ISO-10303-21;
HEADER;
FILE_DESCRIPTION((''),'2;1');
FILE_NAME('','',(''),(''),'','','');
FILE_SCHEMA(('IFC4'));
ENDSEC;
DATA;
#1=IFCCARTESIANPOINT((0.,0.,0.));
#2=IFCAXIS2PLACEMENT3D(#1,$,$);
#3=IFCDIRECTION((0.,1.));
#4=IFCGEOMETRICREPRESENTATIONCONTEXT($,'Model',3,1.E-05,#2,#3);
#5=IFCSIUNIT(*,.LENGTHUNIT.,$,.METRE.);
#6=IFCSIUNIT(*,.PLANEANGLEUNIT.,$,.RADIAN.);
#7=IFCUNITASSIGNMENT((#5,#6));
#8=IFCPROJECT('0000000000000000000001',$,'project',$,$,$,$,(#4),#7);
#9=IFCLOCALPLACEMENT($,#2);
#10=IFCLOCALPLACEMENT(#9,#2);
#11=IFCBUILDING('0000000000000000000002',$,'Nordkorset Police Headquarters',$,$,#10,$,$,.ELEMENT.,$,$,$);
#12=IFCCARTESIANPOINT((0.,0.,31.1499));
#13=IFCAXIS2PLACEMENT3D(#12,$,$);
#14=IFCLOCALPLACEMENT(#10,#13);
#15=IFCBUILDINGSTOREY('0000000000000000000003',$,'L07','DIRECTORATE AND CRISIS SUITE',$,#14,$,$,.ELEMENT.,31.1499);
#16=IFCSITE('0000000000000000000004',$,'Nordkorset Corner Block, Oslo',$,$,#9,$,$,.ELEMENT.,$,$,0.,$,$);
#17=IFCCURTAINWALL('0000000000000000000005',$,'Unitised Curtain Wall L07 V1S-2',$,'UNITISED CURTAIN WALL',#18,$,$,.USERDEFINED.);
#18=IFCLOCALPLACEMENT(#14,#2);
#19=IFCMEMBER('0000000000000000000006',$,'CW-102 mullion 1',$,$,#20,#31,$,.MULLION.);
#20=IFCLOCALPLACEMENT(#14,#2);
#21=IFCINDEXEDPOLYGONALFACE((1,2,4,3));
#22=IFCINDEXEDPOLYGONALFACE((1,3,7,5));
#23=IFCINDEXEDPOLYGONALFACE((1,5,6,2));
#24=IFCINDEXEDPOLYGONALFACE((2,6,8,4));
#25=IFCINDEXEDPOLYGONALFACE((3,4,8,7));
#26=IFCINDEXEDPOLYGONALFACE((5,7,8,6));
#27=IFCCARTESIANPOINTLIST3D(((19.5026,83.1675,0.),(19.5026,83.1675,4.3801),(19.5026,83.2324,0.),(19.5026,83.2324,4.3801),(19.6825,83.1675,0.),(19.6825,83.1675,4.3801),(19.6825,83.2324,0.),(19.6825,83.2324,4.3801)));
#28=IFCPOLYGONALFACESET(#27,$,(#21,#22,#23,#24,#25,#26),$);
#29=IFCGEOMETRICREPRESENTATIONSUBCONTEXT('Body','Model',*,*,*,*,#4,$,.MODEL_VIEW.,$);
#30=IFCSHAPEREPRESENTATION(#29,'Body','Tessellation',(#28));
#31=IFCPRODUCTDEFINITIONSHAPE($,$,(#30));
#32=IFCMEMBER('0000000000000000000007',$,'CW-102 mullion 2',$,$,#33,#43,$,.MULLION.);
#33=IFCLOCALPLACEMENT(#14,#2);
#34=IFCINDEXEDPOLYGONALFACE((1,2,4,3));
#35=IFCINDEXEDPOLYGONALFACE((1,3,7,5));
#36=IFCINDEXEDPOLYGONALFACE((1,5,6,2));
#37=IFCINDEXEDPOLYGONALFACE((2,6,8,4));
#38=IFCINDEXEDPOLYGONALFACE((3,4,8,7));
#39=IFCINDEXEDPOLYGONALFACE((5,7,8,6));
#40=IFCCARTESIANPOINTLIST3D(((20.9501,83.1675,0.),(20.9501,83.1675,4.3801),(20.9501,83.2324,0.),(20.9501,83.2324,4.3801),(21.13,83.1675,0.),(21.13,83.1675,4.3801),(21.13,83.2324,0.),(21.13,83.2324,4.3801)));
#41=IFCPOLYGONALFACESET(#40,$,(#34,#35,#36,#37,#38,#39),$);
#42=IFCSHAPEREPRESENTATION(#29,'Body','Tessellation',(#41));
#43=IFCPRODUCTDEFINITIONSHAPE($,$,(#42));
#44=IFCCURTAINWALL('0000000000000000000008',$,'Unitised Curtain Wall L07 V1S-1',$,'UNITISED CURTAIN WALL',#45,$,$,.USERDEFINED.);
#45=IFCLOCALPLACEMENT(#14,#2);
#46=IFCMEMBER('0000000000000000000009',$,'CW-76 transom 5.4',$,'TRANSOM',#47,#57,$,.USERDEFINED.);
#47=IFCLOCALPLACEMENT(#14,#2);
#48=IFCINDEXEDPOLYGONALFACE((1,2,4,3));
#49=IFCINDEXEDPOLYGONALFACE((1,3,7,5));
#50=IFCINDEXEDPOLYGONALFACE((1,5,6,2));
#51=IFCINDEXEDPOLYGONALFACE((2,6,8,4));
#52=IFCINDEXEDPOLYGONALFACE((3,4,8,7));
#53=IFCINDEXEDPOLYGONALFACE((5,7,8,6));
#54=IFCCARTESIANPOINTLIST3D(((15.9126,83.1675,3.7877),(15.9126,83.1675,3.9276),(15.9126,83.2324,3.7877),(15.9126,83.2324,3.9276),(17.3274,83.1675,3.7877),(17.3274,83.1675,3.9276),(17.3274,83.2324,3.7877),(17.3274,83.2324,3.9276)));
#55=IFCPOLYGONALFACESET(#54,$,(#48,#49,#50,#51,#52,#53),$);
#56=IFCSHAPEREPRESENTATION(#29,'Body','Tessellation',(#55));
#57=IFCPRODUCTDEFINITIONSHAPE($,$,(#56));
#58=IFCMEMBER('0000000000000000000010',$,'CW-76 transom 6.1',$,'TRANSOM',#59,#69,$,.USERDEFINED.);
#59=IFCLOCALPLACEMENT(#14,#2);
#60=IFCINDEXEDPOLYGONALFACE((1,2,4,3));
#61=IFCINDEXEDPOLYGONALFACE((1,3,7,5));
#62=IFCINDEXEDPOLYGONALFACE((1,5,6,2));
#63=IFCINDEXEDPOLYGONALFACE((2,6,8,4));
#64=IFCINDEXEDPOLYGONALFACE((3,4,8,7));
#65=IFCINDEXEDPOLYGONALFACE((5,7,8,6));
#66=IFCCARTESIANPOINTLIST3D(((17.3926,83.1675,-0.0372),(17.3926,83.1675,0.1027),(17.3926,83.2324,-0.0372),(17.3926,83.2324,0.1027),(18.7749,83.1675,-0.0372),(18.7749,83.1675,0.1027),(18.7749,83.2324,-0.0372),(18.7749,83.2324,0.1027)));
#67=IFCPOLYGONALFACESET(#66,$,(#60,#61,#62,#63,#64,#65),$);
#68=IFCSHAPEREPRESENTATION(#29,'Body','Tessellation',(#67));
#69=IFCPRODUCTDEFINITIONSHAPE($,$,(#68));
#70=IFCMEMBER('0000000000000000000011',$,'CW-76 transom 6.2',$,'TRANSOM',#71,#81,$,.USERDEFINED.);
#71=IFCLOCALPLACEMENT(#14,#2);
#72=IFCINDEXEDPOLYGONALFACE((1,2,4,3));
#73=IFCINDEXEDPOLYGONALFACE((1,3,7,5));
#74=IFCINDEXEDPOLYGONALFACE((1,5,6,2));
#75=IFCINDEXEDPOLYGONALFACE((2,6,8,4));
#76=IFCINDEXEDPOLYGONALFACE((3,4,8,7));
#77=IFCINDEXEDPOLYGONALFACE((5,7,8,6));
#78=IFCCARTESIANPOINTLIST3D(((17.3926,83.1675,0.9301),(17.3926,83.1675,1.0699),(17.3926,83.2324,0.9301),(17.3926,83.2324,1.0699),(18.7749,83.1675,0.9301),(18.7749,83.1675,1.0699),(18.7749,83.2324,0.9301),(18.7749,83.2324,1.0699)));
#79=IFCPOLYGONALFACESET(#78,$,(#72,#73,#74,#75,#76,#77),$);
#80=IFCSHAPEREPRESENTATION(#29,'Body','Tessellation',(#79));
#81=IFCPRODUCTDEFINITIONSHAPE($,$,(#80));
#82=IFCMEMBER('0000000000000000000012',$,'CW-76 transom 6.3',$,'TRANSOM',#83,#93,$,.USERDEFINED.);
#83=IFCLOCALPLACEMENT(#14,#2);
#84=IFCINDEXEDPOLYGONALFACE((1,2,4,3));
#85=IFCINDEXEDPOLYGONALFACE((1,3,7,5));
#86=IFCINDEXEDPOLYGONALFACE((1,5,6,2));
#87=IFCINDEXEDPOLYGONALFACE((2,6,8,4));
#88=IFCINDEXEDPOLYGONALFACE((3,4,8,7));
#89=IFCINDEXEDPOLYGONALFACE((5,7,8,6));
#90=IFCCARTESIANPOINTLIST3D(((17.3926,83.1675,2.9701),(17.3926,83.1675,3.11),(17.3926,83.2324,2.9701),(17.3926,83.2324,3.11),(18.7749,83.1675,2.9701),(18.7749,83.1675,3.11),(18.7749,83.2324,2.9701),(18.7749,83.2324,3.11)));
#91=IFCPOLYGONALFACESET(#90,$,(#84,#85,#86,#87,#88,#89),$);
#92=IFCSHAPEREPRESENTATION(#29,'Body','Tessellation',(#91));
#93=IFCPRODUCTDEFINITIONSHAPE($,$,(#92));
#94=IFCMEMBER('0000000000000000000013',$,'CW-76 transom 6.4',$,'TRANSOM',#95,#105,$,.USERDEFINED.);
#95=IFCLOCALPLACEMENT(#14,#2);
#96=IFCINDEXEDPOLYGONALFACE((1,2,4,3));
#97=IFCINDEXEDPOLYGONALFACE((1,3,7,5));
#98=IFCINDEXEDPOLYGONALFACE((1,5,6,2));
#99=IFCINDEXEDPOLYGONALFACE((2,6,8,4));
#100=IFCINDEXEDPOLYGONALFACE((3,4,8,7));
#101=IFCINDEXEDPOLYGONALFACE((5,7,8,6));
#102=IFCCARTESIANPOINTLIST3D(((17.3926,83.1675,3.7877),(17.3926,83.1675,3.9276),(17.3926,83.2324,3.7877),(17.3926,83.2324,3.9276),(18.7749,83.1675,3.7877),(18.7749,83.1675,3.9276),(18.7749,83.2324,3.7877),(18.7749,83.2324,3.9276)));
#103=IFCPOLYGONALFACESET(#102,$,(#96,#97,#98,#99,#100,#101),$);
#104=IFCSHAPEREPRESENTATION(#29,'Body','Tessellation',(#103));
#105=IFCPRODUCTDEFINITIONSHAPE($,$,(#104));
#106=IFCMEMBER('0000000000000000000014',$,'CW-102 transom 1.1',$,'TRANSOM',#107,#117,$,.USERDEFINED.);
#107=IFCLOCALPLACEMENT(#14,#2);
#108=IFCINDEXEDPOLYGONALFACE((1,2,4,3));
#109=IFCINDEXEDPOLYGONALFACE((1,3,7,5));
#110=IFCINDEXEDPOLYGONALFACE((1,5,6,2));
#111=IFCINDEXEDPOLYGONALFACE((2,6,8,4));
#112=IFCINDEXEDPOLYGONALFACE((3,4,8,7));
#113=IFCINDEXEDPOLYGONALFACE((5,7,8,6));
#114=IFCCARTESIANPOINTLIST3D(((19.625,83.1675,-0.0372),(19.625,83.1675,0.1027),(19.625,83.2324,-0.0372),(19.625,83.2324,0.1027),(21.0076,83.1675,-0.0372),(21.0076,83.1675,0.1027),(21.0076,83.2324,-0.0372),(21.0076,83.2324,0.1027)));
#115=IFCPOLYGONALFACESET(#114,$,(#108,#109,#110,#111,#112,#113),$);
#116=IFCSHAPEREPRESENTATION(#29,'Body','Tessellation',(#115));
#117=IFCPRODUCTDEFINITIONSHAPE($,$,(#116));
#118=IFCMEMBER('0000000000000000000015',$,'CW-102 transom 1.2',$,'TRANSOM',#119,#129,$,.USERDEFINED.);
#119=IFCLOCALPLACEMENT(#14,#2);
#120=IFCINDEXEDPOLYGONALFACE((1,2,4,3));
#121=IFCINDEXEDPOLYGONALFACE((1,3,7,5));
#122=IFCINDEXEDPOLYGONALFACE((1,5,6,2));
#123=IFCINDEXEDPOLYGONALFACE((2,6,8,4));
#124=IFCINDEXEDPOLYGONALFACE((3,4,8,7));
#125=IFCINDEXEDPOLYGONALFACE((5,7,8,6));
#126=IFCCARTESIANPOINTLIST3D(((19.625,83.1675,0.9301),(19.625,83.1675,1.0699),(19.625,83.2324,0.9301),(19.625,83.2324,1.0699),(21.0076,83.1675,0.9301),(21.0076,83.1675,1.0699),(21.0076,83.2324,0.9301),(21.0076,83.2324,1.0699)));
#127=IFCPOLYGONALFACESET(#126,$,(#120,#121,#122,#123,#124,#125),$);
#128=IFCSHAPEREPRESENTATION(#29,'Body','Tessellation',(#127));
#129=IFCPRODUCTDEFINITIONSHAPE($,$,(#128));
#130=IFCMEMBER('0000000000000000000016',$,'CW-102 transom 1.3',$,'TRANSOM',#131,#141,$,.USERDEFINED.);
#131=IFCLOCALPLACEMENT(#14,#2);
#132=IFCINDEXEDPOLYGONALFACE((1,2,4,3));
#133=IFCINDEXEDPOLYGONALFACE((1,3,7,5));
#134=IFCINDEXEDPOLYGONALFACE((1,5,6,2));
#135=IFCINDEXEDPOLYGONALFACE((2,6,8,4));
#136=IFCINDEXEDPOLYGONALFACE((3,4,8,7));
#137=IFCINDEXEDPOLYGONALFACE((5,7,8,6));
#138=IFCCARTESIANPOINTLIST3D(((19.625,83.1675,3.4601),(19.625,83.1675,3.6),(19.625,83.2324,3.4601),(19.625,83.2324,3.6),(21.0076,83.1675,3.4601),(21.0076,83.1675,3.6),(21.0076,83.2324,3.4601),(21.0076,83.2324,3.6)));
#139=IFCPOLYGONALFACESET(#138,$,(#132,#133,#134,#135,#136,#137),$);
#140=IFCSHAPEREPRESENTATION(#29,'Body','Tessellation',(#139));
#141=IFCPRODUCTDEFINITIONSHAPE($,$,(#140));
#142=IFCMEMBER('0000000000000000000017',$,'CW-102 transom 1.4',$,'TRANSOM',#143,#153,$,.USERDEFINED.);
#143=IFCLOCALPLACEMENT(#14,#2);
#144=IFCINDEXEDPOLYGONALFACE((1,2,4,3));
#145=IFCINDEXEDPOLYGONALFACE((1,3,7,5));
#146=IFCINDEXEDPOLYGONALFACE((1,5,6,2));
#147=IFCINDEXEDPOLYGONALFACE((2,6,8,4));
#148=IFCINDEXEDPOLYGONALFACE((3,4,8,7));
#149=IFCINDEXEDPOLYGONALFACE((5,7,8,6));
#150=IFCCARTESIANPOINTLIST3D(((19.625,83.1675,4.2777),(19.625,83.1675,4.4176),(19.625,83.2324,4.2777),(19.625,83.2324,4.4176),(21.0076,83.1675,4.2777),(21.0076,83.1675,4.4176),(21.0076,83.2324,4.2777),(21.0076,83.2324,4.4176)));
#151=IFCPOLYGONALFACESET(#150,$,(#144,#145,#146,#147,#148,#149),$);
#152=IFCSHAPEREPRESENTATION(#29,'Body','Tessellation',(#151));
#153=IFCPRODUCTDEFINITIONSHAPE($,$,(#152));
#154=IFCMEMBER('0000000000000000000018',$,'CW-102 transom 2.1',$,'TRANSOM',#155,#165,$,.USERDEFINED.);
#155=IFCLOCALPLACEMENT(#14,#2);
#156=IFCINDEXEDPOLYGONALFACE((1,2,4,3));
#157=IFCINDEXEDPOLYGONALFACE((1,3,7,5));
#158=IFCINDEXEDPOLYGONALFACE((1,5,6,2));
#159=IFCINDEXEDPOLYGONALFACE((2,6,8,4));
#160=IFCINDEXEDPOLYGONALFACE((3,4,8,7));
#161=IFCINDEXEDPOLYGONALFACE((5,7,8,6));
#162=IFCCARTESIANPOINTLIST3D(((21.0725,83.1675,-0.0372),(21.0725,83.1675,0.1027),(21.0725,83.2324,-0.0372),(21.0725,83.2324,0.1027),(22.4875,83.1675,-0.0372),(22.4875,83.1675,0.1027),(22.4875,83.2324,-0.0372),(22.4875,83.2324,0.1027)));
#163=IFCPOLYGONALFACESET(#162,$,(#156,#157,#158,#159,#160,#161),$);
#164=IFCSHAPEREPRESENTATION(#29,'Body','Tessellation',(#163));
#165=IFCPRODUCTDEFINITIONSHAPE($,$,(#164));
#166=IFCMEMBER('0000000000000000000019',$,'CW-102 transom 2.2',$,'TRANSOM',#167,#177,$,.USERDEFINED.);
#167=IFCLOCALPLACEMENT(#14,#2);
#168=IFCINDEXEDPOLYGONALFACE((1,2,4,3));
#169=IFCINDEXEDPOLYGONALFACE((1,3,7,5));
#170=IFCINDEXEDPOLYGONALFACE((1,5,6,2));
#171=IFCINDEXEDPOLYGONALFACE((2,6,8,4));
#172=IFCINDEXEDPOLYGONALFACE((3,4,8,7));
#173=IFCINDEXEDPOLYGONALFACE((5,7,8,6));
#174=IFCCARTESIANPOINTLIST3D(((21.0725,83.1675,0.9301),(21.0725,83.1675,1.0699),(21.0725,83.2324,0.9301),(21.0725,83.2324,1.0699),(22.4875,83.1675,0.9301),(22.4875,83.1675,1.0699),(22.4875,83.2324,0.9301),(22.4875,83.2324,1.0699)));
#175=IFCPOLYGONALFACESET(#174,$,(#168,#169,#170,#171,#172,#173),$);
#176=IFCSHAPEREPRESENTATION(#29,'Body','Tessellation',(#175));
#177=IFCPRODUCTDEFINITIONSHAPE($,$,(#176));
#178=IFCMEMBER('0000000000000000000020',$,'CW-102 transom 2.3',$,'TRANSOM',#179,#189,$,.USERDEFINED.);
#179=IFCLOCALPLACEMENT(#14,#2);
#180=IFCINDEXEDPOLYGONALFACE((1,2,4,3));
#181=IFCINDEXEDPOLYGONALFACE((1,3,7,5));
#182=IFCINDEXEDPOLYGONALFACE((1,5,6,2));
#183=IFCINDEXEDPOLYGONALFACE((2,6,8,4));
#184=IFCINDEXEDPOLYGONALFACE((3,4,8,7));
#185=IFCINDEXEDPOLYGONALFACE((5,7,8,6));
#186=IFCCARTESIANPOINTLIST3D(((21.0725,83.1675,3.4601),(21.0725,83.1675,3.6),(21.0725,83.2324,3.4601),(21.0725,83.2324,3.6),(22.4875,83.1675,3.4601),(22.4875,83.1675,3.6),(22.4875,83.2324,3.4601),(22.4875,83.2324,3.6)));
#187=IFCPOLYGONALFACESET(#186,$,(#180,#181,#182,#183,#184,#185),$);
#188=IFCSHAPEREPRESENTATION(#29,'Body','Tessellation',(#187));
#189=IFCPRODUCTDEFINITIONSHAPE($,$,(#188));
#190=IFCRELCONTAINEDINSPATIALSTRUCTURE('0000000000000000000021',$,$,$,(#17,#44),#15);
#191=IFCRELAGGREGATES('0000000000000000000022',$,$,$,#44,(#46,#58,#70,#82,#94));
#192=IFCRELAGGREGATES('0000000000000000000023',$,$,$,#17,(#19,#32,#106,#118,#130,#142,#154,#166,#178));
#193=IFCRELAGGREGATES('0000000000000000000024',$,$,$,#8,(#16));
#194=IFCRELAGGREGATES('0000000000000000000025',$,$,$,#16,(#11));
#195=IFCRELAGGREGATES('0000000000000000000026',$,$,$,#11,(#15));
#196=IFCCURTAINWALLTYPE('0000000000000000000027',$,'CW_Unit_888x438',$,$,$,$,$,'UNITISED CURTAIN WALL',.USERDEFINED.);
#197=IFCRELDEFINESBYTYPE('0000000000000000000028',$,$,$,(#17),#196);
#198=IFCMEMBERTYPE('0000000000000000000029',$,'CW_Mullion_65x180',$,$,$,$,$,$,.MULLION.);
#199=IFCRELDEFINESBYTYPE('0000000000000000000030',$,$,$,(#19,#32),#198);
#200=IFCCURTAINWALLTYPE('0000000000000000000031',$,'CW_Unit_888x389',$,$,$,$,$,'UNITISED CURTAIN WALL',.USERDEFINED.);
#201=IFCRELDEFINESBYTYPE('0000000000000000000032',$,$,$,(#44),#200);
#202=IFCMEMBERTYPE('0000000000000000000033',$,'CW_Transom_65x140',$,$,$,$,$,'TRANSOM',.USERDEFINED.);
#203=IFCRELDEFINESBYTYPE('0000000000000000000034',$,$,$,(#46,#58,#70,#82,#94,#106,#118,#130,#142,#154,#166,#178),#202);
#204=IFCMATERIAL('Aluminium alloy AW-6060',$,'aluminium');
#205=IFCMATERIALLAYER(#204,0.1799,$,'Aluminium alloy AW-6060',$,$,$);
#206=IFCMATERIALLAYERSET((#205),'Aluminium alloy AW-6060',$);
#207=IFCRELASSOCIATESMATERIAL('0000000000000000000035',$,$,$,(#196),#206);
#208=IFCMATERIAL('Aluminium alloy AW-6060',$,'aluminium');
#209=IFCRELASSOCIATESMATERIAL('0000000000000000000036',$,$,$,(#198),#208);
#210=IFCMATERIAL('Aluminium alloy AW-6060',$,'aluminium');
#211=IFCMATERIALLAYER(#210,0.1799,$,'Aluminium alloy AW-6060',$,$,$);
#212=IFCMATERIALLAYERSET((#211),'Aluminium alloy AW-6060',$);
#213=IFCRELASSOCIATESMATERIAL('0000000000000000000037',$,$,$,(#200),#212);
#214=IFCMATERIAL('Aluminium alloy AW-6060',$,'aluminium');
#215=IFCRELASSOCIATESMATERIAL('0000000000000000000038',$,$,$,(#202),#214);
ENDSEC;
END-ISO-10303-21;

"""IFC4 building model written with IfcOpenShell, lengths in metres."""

from ifc_helpers import new_model, si_unit, direction, frame, origin, origin_2d, place, context, subcontext, project, spatial, rectangle, extrude, material, layer, layer_set, material_profile, profile_set, type_object, element, aggregate, save


model = new_model("IFC4")

# Units and contexts
model_context = context("Model", 3, precision=1e-05, world=origin(), true_north=direction((0.0, 1.0)))
body_context = subcontext(model_context, "Body", "Model", "MODEL_VIEW")
ifc_project = project(units=[si_unit("LENGTHUNIT", "METRE"), si_unit("PLANEANGLEUNIT", "RADIAN")], contexts=[model_context])

# Site, building, storey
site_placement = place(None, origin())
site = spatial("IfcSite", under=ifc_project, at=site_placement, Name="Nordkorset Corner Block, Oslo", CompositionType="ELEMENT", RefElevation=0.0)
building_placement = place(site_placement, origin())
building = spatial("IfcBuilding", under=site, at=building_placement, Name="Nordkorset Police Headquarters", CompositionType="ELEMENT")
storey_placement = place(building_placement, frame((0.0, 0.0, 31.1499)))
storey = spatial("IfcBuildingStorey", under=building, at=storey_placement, Name="L07", Description="DIRECTORATE AND CRISIS SUITE", CompositionType="ELEMENT", Elevation=31.1499)

# Curtain walls, members
ifc_material_1 = material(Name="Aluminium alloy AW-6060", Category="aluminium")
ifc_layer_1 = layer(ifc_material_1, 0.1799, Name="Aluminium alloy AW-6060")
ifc_layer_set_1 = layer_set([ifc_layer_1], Name="Aluminium alloy AW-6060")
curtain_wall_type_1 = type_object("IfcCurtainWallType", Name="CW_Unit_888x438", ElementType="UNITISED CURTAIN WALL", PredefinedType="USERDEFINED", material=ifc_layer_set_1)
curtain_wall_1_placement = place(storey_placement, origin())
curtain_wall_1 = element("IfcCurtainWall", 1, at=curtain_wall_1_placement, inside=storey, type_object=curtain_wall_type_1, Name="Unitised Curtain Wall L07 V1S-2", ObjectType="UNITISED CURTAIN WALL", PredefinedType="USERDEFINED")
ifc_material_2 = material(Name="Aluminium alloy AW-6060", Category="aluminium")
ifc_material_profile_1 = material_profile(ifc_material_2, rectangle(XDim=0.0649, YDim=0.1799, at=origin_2d()), Name="ALU MULL 65x180")
ifc_profile_set_1 = profile_set([ifc_material_profile_1], Name="Aluminium alloy AW-6060")
member_type_1 = type_object("IfcMemberType", Name="CW_Mullion_65x180", PredefinedType="MULLION", material=ifc_profile_set_1)
member_1_placement = place(storey_placement, frame((19.5925, 83.2, 0.0), z_axis=(0.0, 0.0, 1.0), x_axis=(0.0, 1.0, 0.0)))
member_1 = element("IfcMember", 2, at=member_1_placement, type_object=member_type_1, Name="CW-102 mullion 1", PredefinedType="MULLION", context=body_context, shape_type="SweptSolid", body=[
    extrude(rectangle(XDim=0.0649, YDim=0.1799, at=origin_2d()), origin(), (0.0, 0.0, 1.0), 4.3801),
])
member_2_placement = place(storey_placement, frame((21.04, 83.2, 0.0), z_axis=(0.0, 0.0, 1.0), x_axis=(0.0, 1.0, 0.0)))
member_2 = element("IfcMember", 3, at=member_2_placement, type_object=member_type_1, Name="CW-102 mullion 2", PredefinedType="MULLION", context=body_context, shape_type="SweptSolid", body=[
    extrude(rectangle(XDim=0.0649, YDim=0.1799, at=origin_2d()), origin(), (0.0, 0.0, 1.0), 4.3801),
])
ifc_material_3 = material(Name="Aluminium alloy AW-6060", Category="aluminium")
ifc_layer_2 = layer(ifc_material_3, 0.1799, Name="Aluminium alloy AW-6060")
ifc_layer_set_2 = layer_set([ifc_layer_2], Name="Aluminium alloy AW-6060")
curtain_wall_type_2 = type_object("IfcCurtainWallType", Name="CW_Unit_888x389", ElementType="UNITISED CURTAIN WALL", PredefinedType="USERDEFINED", material=ifc_layer_set_2)
curtain_wall_2_placement = place(storey_placement, origin())
curtain_wall_2 = element("IfcCurtainWall", 4, at=curtain_wall_2_placement, inside=storey, type_object=curtain_wall_type_2, Name="Unitised Curtain Wall L07 V1S-1", ObjectType="UNITISED CURTAIN WALL", PredefinedType="USERDEFINED")
ifc_material_4 = material(Name="Aluminium alloy AW-6060", Category="aluminium")
ifc_material_profile_2 = material_profile(ifc_material_4, rectangle(XDim=0.0649, YDim=0.1399, at=origin_2d()), Name="ALU TRAN 65x140")
ifc_profile_set_2 = profile_set([ifc_material_profile_2], Name="Aluminium alloy AW-6060")
member_type_2 = type_object("IfcMemberType", Name="CW_Transom_65x140", ElementType="TRANSOM", PredefinedType="USERDEFINED", material=ifc_profile_set_2)
member_3_placement = place(storey_placement, frame((15.9126, 83.2, 3.8577), z_axis=(1.0, 0.0, 0.0), x_axis=(0.0, 1.0, 0.0)))
member_3 = element("IfcMember", 5, at=member_3_placement, type_object=member_type_2, Name="CW-76 transom 5.4", ObjectType="TRANSOM", PredefinedType="USERDEFINED", context=body_context, shape_type="SweptSolid", body=[
    extrude(rectangle(XDim=0.0649, YDim=0.1399, at=origin_2d()), origin(), (0.0, 0.0, 1.0), 1.4148),
])
member_4_placement = place(storey_placement, frame((17.3926, 83.2, 0.0327), z_axis=(1.0, 0.0, 0.0), x_axis=(0.0, 1.0, 0.0)))
member_4 = element("IfcMember", 6, at=member_4_placement, type_object=member_type_2, Name="CW-76 transom 6.1", ObjectType="TRANSOM", PredefinedType="USERDEFINED", context=body_context, shape_type="SweptSolid", body=[
    extrude(rectangle(XDim=0.0649, YDim=0.1399, at=origin_2d()), origin(), (0.0, 0.0, 1.0), 1.3823),
])
member_5_placement = place(storey_placement, frame((17.3926, 83.2, 1.0), z_axis=(1.0, 0.0, 0.0), x_axis=(0.0, 1.0, 0.0)))
member_5 = element("IfcMember", 7, at=member_5_placement, type_object=member_type_2, Name="CW-76 transom 6.2", ObjectType="TRANSOM", PredefinedType="USERDEFINED", context=body_context, shape_type="SweptSolid", body=[
    extrude(rectangle(XDim=0.0649, YDim=0.1399, at=origin_2d()), origin(), (0.0, 0.0, 1.0), 1.3823),
])
member_6_placement = place(storey_placement, frame((17.3926, 83.2, 3.04), z_axis=(1.0, 0.0, 0.0), x_axis=(0.0, 1.0, 0.0)))
member_6 = element("IfcMember", 8, at=member_6_placement, type_object=member_type_2, Name="CW-76 transom 6.3", ObjectType="TRANSOM", PredefinedType="USERDEFINED", context=body_context, shape_type="SweptSolid", body=[
    extrude(rectangle(XDim=0.0649, YDim=0.1399, at=origin_2d()), origin(), (0.0, 0.0, 1.0), 1.3823),
])
member_7_placement = place(storey_placement, frame((17.3926, 83.2, 3.8577), z_axis=(1.0, 0.0, 0.0), x_axis=(0.0, 1.0, 0.0)))
member_7 = element("IfcMember", 9, at=member_7_placement, type_object=member_type_2, Name="CW-76 transom 6.4", ObjectType="TRANSOM", PredefinedType="USERDEFINED", context=body_context, shape_type="SweptSolid", body=[
    extrude(rectangle(XDim=0.0649, YDim=0.1399, at=origin_2d()), origin(), (0.0, 0.0, 1.0), 1.3823),
])

# Members
member_8_placement = place(storey_placement, frame((19.625, 83.2, 0.0327), z_axis=(1.0, 0.0, 0.0), x_axis=(0.0, 1.0, 0.0)))
member_8 = element("IfcMember", 10, at=member_8_placement, type_object=member_type_2, Name="CW-102 transom 1.1", ObjectType="TRANSOM", PredefinedType="USERDEFINED", context=body_context, shape_type="SweptSolid", body=[
    extrude(rectangle(XDim=0.0649, YDim=0.1399, at=origin_2d()), origin(), (0.0, 0.0, 1.0), 1.3826),
])
member_9_placement = place(storey_placement, frame((19.625, 83.2, 1.0), z_axis=(1.0, 0.0, 0.0), x_axis=(0.0, 1.0, 0.0)))
member_9 = element("IfcMember", 11, at=member_9_placement, type_object=member_type_2, Name="CW-102 transom 1.2", ObjectType="TRANSOM", PredefinedType="USERDEFINED", context=body_context, shape_type="SweptSolid", body=[
    extrude(rectangle(XDim=0.0649, YDim=0.1399, at=origin_2d()), origin(), (0.0, 0.0, 1.0), 1.3826),
])
member_10_placement = place(storey_placement, frame((19.625, 83.2, 3.53), z_axis=(1.0, 0.0, 0.0), x_axis=(0.0, 1.0, 0.0)))
member_10 = element("IfcMember", 12, at=member_10_placement, type_object=member_type_2, Name="CW-102 transom 1.3", ObjectType="TRANSOM", PredefinedType="USERDEFINED", context=body_context, shape_type="SweptSolid", body=[
    extrude(rectangle(XDim=0.0649, YDim=0.1399, at=origin_2d()), origin(), (0.0, 0.0, 1.0), 1.3826),
])
member_11_placement = place(storey_placement, frame((19.625, 83.2, 4.3477), z_axis=(1.0, 0.0, 0.0), x_axis=(0.0, 1.0, 0.0)))
member_11 = element("IfcMember", 13, at=member_11_placement, type_object=member_type_2, Name="CW-102 transom 1.4", ObjectType="TRANSOM", PredefinedType="USERDEFINED", context=body_context, shape_type="SweptSolid", body=[
    extrude(rectangle(XDim=0.0649, YDim=0.1399, at=origin_2d()), origin(), (0.0, 0.0, 1.0), 1.3826),
])
member_12_placement = place(storey_placement, frame((21.0725, 83.2, 0.0327), z_axis=(1.0, 0.0, 0.0), x_axis=(0.0, 1.0, 0.0)))
member_12 = element("IfcMember", 14, at=member_12_placement, type_object=member_type_2, Name="CW-102 transom 2.1", ObjectType="TRANSOM", PredefinedType="USERDEFINED", context=body_context, shape_type="SweptSolid", body=[
    extrude(rectangle(XDim=0.0649, YDim=0.1399, at=origin_2d()), origin(), (0.0, 0.0, 1.0), 1.415),
])
member_13_placement = place(storey_placement, frame((21.0725, 83.2, 1.0), z_axis=(1.0, 0.0, 0.0), x_axis=(0.0, 1.0, 0.0)))
member_13 = element("IfcMember", 15, at=member_13_placement, type_object=member_type_2, Name="CW-102 transom 2.2", ObjectType="TRANSOM", PredefinedType="USERDEFINED", context=body_context, shape_type="SweptSolid", body=[
    extrude(rectangle(XDim=0.0649, YDim=0.1399, at=origin_2d()), origin(), (0.0, 0.0, 1.0), 1.415),
])
member_14_placement = place(storey_placement, frame((21.0725, 83.2, 3.53), z_axis=(1.0, 0.0, 0.0), x_axis=(0.0, 1.0, 0.0)))
member_14 = element("IfcMember", 16, at=member_14_placement, type_object=member_type_2, Name="CW-102 transom 2.3", ObjectType="TRANSOM", PredefinedType="USERDEFINED", context=body_context, shape_type="SweptSolid", body=[
    extrude(rectangle(XDim=0.0649, YDim=0.1399, at=origin_2d()), origin(), (0.0, 0.0, 1.0), 1.415),
])

aggregate(curtain_wall_2, [member_3, member_4, member_5, member_6, member_7])
aggregate(curtain_wall_1, [member_1, member_2, member_8, member_9, member_10, member_11, member_12, member_13, member_14])

save(model, "model.ifc")
